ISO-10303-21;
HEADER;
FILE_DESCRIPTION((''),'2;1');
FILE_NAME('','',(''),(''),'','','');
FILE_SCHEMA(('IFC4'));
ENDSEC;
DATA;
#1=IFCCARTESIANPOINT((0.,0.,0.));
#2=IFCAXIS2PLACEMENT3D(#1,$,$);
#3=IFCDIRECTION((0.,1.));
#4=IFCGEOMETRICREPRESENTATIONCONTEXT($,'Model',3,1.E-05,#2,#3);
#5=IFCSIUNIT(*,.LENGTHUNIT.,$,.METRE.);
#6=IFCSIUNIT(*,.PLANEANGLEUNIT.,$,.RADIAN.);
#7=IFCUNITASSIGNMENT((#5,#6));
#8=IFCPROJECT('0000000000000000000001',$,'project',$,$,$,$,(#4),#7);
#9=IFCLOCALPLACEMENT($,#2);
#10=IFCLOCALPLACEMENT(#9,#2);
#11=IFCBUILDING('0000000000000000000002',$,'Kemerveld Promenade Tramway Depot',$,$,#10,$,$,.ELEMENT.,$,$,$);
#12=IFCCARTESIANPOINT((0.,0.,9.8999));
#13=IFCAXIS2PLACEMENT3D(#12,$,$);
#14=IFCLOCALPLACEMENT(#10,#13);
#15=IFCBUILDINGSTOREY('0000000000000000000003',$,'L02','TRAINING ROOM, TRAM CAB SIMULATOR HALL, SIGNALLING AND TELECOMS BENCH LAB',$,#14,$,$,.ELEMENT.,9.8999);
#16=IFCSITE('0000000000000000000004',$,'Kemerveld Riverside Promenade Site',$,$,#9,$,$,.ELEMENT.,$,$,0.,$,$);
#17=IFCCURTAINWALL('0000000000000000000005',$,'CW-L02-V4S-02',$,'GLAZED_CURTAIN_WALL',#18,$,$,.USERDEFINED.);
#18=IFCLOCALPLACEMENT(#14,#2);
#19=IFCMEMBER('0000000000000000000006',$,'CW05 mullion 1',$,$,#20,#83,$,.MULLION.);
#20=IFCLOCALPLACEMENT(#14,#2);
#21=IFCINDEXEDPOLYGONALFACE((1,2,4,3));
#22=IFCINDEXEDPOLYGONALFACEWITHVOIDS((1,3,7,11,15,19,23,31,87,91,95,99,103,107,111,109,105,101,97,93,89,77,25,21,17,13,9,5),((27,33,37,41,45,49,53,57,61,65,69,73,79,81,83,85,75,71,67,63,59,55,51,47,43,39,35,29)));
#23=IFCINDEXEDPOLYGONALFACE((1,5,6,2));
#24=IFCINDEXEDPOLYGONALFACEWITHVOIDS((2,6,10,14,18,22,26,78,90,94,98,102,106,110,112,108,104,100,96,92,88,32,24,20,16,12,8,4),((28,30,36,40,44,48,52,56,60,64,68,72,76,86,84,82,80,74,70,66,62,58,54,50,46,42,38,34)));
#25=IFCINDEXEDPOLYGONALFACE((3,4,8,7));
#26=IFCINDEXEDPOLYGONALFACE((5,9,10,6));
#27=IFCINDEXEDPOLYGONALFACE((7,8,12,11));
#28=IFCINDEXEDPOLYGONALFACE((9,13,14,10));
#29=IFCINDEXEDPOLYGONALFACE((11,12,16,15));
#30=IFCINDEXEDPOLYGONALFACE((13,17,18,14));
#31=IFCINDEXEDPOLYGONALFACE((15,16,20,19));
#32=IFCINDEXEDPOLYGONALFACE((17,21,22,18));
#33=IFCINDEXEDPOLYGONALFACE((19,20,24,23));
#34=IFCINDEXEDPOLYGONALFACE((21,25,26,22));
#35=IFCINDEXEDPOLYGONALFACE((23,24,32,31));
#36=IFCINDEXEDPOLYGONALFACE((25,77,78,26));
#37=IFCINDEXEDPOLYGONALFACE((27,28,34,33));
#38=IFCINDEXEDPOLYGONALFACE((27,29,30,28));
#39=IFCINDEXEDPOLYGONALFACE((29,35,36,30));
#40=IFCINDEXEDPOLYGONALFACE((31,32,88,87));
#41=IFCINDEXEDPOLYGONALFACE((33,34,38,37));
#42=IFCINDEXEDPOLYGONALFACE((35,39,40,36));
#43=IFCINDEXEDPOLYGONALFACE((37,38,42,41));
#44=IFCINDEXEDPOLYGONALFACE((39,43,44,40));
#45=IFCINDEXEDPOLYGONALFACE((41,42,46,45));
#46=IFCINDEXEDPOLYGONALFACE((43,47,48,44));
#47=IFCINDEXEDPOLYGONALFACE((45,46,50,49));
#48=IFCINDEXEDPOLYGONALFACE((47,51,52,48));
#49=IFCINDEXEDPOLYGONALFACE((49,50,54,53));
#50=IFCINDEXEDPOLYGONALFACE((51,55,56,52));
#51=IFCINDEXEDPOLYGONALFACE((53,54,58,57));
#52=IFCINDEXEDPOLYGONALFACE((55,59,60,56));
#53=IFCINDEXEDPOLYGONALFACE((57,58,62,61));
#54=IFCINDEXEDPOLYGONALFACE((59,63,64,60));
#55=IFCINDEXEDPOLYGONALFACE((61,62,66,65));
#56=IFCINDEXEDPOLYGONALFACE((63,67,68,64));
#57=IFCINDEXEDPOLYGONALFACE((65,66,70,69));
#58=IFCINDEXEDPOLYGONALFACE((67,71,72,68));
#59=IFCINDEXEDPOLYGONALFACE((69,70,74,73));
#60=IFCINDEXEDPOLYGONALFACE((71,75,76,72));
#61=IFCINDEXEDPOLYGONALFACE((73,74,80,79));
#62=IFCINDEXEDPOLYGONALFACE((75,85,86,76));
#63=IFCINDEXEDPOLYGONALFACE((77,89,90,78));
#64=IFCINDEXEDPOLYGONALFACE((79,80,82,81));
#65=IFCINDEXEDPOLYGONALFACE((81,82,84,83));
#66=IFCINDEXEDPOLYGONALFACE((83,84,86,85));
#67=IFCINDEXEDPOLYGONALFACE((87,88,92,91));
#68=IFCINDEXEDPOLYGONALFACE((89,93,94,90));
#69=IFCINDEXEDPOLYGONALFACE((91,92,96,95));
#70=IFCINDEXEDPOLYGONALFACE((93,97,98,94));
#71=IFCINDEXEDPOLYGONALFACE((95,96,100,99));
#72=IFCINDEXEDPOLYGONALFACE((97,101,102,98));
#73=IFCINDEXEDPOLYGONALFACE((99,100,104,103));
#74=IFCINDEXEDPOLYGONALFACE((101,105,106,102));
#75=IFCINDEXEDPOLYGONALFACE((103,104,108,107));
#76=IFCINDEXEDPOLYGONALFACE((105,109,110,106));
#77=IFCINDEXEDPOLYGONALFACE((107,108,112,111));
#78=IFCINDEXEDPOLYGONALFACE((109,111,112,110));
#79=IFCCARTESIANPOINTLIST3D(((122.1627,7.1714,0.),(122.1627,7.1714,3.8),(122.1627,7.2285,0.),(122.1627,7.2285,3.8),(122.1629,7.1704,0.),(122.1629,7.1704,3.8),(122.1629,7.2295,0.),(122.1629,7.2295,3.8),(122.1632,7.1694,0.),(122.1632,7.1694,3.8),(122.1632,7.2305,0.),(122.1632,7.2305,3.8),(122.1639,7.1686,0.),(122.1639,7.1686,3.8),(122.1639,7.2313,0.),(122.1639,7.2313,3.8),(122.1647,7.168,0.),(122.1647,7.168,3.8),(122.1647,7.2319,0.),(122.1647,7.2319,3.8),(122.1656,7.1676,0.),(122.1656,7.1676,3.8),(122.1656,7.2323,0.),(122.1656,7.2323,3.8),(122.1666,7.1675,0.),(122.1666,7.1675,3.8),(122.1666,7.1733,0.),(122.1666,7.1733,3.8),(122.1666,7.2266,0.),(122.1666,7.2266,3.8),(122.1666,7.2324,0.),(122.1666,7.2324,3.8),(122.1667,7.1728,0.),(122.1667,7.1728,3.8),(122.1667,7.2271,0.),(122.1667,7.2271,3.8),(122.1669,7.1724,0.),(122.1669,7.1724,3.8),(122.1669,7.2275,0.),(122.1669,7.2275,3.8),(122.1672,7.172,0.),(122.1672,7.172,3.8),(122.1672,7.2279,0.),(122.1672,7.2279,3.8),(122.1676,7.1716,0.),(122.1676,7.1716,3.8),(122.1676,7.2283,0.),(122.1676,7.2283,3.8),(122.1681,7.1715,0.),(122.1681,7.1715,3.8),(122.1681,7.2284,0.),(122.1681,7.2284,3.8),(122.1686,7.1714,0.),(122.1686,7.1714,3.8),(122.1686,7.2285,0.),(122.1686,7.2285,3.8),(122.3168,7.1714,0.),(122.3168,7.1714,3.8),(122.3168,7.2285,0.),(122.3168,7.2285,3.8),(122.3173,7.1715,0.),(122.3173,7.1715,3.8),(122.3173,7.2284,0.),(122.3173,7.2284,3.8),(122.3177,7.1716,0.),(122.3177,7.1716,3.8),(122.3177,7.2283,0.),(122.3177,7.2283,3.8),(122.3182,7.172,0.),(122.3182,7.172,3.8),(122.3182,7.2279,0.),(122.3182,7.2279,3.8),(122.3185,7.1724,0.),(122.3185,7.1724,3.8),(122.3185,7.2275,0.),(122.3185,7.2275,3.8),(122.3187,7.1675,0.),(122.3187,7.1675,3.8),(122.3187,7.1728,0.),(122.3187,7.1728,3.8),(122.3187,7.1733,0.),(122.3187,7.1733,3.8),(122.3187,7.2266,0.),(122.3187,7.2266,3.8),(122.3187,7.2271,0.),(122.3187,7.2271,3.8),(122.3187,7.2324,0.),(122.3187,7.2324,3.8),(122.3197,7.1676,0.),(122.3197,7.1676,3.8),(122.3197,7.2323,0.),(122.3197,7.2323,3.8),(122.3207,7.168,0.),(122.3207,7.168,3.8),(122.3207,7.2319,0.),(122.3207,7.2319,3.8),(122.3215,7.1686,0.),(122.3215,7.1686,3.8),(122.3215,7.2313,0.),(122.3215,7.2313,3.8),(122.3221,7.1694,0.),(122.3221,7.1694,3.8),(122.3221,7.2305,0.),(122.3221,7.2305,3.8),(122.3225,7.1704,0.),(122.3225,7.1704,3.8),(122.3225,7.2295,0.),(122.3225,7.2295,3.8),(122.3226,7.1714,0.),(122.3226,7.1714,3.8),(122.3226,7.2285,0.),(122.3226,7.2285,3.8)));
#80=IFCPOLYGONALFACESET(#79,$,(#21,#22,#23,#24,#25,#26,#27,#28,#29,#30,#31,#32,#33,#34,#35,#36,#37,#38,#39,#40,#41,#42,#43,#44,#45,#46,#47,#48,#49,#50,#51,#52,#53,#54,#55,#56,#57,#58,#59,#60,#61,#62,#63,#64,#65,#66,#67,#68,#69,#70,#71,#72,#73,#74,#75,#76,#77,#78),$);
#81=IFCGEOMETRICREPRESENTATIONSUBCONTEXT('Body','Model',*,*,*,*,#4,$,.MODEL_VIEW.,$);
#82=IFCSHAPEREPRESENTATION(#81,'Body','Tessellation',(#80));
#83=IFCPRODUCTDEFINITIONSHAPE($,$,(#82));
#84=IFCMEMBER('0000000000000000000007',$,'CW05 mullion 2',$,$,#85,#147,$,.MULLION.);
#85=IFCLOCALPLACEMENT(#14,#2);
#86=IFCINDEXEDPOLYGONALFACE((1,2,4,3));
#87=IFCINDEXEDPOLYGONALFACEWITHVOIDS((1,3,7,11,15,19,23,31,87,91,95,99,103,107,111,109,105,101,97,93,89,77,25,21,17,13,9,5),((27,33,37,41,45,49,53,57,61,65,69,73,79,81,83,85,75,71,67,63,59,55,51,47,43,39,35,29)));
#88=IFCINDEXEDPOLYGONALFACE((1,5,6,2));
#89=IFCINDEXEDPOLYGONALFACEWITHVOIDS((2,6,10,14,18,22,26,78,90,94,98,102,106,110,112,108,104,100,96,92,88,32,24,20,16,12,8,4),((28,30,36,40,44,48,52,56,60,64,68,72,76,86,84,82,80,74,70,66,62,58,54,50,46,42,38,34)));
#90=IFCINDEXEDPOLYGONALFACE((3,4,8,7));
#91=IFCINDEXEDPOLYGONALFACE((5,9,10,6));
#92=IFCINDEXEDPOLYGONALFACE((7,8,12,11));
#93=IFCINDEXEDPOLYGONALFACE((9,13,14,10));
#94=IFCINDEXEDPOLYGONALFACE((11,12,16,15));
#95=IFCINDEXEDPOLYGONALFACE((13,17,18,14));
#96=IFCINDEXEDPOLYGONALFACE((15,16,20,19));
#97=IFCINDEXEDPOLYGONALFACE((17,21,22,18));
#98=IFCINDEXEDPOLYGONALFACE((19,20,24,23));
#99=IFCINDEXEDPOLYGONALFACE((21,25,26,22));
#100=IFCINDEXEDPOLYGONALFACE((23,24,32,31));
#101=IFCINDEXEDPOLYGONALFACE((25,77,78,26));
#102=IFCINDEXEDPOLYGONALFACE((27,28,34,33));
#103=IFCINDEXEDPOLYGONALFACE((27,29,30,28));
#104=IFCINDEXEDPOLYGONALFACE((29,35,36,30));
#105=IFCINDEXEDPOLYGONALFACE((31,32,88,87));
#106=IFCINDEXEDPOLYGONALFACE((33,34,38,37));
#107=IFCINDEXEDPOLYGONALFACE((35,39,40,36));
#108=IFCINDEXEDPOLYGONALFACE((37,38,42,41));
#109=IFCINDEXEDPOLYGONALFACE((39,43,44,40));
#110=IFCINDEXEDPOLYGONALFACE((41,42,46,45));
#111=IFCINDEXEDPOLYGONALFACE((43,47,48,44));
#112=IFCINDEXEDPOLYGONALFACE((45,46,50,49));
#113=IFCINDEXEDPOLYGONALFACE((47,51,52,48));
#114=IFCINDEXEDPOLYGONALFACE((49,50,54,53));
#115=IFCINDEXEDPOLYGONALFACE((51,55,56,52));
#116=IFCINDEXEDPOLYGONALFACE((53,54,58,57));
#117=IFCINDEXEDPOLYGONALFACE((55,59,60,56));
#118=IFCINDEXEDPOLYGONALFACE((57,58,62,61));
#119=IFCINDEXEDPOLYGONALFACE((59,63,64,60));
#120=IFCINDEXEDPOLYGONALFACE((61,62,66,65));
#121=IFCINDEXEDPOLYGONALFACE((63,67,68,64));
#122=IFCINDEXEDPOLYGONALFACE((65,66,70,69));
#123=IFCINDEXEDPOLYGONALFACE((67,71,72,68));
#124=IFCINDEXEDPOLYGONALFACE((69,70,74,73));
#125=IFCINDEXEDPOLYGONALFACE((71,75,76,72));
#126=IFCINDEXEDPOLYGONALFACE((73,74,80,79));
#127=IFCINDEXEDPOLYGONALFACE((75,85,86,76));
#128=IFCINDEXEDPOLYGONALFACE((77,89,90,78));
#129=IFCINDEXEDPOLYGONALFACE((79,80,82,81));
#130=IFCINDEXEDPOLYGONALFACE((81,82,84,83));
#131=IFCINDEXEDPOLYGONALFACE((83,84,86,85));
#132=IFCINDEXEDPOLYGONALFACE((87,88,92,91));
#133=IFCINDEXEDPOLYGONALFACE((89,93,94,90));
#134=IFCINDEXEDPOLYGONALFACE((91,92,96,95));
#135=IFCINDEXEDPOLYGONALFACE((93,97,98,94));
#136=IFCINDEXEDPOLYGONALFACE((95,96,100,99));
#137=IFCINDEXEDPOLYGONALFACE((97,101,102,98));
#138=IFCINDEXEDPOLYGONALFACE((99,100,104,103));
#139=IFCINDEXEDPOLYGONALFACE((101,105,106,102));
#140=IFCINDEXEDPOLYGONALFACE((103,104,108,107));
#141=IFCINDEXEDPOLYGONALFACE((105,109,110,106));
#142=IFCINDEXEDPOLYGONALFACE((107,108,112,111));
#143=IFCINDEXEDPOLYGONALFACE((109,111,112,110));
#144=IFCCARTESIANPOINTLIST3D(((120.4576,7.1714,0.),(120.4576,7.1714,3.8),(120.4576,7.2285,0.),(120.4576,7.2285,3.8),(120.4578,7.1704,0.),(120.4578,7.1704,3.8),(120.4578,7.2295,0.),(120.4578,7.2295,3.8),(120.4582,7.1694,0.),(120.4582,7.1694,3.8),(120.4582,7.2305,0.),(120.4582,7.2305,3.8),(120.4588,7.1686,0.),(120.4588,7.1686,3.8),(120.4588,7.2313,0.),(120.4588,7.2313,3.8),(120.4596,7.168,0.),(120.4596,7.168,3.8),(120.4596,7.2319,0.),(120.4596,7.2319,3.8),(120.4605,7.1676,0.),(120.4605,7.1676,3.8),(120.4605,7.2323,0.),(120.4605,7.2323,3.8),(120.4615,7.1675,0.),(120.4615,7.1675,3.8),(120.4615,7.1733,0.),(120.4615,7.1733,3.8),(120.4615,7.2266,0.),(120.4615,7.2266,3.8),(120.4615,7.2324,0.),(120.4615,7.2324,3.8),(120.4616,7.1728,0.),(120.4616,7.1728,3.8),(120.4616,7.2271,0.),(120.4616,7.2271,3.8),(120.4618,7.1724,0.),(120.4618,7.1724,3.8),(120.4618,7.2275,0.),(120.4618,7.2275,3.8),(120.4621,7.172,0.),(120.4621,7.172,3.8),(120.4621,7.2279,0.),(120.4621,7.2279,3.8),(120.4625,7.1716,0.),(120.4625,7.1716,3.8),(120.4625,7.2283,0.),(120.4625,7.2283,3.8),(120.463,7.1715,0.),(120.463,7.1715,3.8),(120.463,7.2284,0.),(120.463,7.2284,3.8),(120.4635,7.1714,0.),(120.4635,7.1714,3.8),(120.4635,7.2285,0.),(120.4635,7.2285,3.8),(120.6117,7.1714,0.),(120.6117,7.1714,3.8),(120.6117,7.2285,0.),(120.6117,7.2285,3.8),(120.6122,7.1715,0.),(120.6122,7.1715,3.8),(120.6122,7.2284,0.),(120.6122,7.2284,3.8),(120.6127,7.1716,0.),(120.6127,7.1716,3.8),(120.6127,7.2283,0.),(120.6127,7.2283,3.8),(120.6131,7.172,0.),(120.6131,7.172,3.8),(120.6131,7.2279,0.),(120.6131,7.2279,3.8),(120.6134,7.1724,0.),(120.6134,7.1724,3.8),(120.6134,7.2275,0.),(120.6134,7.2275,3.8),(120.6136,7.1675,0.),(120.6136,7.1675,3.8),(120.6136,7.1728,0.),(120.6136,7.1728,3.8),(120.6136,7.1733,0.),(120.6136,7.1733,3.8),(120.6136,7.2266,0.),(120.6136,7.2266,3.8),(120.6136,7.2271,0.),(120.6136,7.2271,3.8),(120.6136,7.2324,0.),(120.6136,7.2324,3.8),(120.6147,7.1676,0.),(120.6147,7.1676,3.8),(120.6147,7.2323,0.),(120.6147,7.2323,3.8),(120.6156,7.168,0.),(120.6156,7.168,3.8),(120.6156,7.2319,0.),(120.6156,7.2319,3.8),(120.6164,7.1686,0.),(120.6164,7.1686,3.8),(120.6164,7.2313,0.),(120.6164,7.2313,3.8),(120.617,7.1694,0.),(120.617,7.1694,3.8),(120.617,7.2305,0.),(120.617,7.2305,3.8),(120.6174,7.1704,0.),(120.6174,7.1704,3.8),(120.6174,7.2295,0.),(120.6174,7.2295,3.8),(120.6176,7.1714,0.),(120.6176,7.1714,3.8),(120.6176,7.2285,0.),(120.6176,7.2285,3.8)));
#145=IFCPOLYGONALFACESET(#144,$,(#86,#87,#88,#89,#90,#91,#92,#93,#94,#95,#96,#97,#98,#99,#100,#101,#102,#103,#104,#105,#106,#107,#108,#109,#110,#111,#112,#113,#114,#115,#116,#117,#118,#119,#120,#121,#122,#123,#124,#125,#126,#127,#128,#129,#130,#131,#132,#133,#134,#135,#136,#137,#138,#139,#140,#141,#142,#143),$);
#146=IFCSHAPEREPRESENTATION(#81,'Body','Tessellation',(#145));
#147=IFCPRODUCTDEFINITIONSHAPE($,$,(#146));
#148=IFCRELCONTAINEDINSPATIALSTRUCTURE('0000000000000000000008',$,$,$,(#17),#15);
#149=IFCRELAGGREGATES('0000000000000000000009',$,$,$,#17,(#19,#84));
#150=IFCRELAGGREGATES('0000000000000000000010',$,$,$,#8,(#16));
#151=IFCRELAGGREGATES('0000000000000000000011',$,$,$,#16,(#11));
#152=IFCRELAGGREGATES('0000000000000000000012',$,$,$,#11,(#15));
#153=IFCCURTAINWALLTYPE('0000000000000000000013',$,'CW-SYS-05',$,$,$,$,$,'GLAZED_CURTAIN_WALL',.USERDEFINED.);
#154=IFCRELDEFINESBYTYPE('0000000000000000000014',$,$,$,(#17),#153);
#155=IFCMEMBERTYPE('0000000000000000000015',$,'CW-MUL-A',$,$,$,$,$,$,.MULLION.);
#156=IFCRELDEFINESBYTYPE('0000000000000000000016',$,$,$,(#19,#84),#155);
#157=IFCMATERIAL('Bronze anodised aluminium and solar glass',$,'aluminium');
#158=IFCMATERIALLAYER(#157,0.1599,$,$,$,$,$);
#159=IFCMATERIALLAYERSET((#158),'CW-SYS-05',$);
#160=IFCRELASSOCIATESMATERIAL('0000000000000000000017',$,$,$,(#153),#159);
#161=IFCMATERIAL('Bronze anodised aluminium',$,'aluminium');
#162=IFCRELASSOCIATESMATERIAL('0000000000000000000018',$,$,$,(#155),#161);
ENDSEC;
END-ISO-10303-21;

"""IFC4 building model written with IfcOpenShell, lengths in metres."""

from ifc_helpers import new_model, si_unit, direction, frame, origin, origin_2d, place, context, subcontext, project, spatial, hollow_rectangle, extrude, material, layer, layer_set, material_profile, profile_set, type_object, element, aggregate, save


model = new_model("IFC4")

# Units and contexts
model_context = context("Model", 3, precision=1e-05, world=origin(), true_north=direction((0.0, 1.0)))
body_context = subcontext(model_context, "Body", "Model", "MODEL_VIEW")
ifc_project = project(units=[si_unit("LENGTHUNIT", "METRE"), si_unit("PLANEANGLEUNIT", "RADIAN")], contexts=[model_context])

# Site, building, storey
site_placement = place(None, origin())
site = spatial("IfcSite", under=ifc_project, at=site_placement, Name="Kemerveld Riverside Promenade Site", CompositionType="ELEMENT", RefElevation=0.0)
building_placement = place(site_placement, origin())
building = spatial("IfcBuilding", under=site, at=building_placement, Name="Kemerveld Promenade Tramway Depot", CompositionType="ELEMENT")
storey_placement = place(building_placement, frame((0.0, 0.0, 9.8999)))
storey = spatial("IfcBuildingStorey", under=building, at=storey_placement, Name="L02", Description="TRAINING ROOM, TRAM CAB SIMULATOR HALL, SIGNALLING AND TELECOMS BENCH LAB", CompositionType="ELEMENT", Elevation=9.8999)

# Curtain wall, members
ifc_material_1 = material(Name="Bronze anodised aluminium and solar glass", Category="aluminium")
ifc_layer_1 = layer(ifc_material_1, 0.1599)
ifc_layer_set_1 = layer_set([ifc_layer_1], Name="CW-SYS-05")
curtain_wall_type = type_object("IfcCurtainWallType", Name="CW-SYS-05", ElementType="GLAZED_CURTAIN_WALL", PredefinedType="USERDEFINED", material=ifc_layer_set_1)
curtain_wall_placement = place(storey_placement, origin())
curtain_wall = element("IfcCurtainWall", 1, at=curtain_wall_placement, inside=storey, type_object=curtain_wall_type, Name="CW-L02-V4S-02", ObjectType="GLAZED_CURTAIN_WALL", PredefinedType="USERDEFINED")
ifc_material_2 = material(Name="Bronze anodised aluminium", Category="aluminium")
ifc_material_profile_1 = material_profile(ifc_material_2, hollow_rectangle(XDim=0.0649, YDim=0.1599, WallThickness=0.0039, InnerFilletRadius=0.002, OuterFilletRadius=0.0039, at=origin_2d()), Name="CW-MUL-160x65")
ifc_profile_set_1 = profile_set([ifc_material_profile_1], Name="Bronze anodised aluminium")
member_type_1 = type_object("IfcMemberType", Name="CW-MUL-A", PredefinedType="MULLION", material=ifc_profile_set_1)
member_1_placement = place(storey_placement, frame((122.2427, 7.2, 0.0), z_axis=(0.0, 0.0, 1.0), x_axis=(0.0, -1.0, 0.0)))
member_1 = element("IfcMember", 2, at=member_1_placement, type_object=member_type_1, Name="CW05 mullion 1", PredefinedType="MULLION", context=body_context, shape_type="SweptSolid", body=[
    extrude(hollow_rectangle(XDim=0.0649, YDim=0.1599, WallThickness=0.0039, InnerFilletRadius=0.002, OuterFilletRadius=0.0039, at=origin_2d()), origin(), (0.0, 0.0, 1.0), 3.8),
])
member_2_placement = place(storey_placement, frame((120.5376, 7.2, 0.0), z_axis=(0.0, 0.0, 1.0), x_axis=(0.0, -1.0, 0.0)))
member_2 = element("IfcMember", 3, at=member_2_placement, type_object=member_type_1, Name="CW05 mullion 2", PredefinedType="MULLION", context=body_context, shape_type="SweptSolid", body=[
    extrude(hollow_rectangle(XDim=0.0649, YDim=0.1599, WallThickness=0.0039, InnerFilletRadius=0.002, OuterFilletRadius=0.0039, at=origin_2d()), origin(), (0.0, 0.0, 1.0), 3.8),
])
aggregate(curtain_wall, [member_1, member_2])

save(model, "model.ifc")
